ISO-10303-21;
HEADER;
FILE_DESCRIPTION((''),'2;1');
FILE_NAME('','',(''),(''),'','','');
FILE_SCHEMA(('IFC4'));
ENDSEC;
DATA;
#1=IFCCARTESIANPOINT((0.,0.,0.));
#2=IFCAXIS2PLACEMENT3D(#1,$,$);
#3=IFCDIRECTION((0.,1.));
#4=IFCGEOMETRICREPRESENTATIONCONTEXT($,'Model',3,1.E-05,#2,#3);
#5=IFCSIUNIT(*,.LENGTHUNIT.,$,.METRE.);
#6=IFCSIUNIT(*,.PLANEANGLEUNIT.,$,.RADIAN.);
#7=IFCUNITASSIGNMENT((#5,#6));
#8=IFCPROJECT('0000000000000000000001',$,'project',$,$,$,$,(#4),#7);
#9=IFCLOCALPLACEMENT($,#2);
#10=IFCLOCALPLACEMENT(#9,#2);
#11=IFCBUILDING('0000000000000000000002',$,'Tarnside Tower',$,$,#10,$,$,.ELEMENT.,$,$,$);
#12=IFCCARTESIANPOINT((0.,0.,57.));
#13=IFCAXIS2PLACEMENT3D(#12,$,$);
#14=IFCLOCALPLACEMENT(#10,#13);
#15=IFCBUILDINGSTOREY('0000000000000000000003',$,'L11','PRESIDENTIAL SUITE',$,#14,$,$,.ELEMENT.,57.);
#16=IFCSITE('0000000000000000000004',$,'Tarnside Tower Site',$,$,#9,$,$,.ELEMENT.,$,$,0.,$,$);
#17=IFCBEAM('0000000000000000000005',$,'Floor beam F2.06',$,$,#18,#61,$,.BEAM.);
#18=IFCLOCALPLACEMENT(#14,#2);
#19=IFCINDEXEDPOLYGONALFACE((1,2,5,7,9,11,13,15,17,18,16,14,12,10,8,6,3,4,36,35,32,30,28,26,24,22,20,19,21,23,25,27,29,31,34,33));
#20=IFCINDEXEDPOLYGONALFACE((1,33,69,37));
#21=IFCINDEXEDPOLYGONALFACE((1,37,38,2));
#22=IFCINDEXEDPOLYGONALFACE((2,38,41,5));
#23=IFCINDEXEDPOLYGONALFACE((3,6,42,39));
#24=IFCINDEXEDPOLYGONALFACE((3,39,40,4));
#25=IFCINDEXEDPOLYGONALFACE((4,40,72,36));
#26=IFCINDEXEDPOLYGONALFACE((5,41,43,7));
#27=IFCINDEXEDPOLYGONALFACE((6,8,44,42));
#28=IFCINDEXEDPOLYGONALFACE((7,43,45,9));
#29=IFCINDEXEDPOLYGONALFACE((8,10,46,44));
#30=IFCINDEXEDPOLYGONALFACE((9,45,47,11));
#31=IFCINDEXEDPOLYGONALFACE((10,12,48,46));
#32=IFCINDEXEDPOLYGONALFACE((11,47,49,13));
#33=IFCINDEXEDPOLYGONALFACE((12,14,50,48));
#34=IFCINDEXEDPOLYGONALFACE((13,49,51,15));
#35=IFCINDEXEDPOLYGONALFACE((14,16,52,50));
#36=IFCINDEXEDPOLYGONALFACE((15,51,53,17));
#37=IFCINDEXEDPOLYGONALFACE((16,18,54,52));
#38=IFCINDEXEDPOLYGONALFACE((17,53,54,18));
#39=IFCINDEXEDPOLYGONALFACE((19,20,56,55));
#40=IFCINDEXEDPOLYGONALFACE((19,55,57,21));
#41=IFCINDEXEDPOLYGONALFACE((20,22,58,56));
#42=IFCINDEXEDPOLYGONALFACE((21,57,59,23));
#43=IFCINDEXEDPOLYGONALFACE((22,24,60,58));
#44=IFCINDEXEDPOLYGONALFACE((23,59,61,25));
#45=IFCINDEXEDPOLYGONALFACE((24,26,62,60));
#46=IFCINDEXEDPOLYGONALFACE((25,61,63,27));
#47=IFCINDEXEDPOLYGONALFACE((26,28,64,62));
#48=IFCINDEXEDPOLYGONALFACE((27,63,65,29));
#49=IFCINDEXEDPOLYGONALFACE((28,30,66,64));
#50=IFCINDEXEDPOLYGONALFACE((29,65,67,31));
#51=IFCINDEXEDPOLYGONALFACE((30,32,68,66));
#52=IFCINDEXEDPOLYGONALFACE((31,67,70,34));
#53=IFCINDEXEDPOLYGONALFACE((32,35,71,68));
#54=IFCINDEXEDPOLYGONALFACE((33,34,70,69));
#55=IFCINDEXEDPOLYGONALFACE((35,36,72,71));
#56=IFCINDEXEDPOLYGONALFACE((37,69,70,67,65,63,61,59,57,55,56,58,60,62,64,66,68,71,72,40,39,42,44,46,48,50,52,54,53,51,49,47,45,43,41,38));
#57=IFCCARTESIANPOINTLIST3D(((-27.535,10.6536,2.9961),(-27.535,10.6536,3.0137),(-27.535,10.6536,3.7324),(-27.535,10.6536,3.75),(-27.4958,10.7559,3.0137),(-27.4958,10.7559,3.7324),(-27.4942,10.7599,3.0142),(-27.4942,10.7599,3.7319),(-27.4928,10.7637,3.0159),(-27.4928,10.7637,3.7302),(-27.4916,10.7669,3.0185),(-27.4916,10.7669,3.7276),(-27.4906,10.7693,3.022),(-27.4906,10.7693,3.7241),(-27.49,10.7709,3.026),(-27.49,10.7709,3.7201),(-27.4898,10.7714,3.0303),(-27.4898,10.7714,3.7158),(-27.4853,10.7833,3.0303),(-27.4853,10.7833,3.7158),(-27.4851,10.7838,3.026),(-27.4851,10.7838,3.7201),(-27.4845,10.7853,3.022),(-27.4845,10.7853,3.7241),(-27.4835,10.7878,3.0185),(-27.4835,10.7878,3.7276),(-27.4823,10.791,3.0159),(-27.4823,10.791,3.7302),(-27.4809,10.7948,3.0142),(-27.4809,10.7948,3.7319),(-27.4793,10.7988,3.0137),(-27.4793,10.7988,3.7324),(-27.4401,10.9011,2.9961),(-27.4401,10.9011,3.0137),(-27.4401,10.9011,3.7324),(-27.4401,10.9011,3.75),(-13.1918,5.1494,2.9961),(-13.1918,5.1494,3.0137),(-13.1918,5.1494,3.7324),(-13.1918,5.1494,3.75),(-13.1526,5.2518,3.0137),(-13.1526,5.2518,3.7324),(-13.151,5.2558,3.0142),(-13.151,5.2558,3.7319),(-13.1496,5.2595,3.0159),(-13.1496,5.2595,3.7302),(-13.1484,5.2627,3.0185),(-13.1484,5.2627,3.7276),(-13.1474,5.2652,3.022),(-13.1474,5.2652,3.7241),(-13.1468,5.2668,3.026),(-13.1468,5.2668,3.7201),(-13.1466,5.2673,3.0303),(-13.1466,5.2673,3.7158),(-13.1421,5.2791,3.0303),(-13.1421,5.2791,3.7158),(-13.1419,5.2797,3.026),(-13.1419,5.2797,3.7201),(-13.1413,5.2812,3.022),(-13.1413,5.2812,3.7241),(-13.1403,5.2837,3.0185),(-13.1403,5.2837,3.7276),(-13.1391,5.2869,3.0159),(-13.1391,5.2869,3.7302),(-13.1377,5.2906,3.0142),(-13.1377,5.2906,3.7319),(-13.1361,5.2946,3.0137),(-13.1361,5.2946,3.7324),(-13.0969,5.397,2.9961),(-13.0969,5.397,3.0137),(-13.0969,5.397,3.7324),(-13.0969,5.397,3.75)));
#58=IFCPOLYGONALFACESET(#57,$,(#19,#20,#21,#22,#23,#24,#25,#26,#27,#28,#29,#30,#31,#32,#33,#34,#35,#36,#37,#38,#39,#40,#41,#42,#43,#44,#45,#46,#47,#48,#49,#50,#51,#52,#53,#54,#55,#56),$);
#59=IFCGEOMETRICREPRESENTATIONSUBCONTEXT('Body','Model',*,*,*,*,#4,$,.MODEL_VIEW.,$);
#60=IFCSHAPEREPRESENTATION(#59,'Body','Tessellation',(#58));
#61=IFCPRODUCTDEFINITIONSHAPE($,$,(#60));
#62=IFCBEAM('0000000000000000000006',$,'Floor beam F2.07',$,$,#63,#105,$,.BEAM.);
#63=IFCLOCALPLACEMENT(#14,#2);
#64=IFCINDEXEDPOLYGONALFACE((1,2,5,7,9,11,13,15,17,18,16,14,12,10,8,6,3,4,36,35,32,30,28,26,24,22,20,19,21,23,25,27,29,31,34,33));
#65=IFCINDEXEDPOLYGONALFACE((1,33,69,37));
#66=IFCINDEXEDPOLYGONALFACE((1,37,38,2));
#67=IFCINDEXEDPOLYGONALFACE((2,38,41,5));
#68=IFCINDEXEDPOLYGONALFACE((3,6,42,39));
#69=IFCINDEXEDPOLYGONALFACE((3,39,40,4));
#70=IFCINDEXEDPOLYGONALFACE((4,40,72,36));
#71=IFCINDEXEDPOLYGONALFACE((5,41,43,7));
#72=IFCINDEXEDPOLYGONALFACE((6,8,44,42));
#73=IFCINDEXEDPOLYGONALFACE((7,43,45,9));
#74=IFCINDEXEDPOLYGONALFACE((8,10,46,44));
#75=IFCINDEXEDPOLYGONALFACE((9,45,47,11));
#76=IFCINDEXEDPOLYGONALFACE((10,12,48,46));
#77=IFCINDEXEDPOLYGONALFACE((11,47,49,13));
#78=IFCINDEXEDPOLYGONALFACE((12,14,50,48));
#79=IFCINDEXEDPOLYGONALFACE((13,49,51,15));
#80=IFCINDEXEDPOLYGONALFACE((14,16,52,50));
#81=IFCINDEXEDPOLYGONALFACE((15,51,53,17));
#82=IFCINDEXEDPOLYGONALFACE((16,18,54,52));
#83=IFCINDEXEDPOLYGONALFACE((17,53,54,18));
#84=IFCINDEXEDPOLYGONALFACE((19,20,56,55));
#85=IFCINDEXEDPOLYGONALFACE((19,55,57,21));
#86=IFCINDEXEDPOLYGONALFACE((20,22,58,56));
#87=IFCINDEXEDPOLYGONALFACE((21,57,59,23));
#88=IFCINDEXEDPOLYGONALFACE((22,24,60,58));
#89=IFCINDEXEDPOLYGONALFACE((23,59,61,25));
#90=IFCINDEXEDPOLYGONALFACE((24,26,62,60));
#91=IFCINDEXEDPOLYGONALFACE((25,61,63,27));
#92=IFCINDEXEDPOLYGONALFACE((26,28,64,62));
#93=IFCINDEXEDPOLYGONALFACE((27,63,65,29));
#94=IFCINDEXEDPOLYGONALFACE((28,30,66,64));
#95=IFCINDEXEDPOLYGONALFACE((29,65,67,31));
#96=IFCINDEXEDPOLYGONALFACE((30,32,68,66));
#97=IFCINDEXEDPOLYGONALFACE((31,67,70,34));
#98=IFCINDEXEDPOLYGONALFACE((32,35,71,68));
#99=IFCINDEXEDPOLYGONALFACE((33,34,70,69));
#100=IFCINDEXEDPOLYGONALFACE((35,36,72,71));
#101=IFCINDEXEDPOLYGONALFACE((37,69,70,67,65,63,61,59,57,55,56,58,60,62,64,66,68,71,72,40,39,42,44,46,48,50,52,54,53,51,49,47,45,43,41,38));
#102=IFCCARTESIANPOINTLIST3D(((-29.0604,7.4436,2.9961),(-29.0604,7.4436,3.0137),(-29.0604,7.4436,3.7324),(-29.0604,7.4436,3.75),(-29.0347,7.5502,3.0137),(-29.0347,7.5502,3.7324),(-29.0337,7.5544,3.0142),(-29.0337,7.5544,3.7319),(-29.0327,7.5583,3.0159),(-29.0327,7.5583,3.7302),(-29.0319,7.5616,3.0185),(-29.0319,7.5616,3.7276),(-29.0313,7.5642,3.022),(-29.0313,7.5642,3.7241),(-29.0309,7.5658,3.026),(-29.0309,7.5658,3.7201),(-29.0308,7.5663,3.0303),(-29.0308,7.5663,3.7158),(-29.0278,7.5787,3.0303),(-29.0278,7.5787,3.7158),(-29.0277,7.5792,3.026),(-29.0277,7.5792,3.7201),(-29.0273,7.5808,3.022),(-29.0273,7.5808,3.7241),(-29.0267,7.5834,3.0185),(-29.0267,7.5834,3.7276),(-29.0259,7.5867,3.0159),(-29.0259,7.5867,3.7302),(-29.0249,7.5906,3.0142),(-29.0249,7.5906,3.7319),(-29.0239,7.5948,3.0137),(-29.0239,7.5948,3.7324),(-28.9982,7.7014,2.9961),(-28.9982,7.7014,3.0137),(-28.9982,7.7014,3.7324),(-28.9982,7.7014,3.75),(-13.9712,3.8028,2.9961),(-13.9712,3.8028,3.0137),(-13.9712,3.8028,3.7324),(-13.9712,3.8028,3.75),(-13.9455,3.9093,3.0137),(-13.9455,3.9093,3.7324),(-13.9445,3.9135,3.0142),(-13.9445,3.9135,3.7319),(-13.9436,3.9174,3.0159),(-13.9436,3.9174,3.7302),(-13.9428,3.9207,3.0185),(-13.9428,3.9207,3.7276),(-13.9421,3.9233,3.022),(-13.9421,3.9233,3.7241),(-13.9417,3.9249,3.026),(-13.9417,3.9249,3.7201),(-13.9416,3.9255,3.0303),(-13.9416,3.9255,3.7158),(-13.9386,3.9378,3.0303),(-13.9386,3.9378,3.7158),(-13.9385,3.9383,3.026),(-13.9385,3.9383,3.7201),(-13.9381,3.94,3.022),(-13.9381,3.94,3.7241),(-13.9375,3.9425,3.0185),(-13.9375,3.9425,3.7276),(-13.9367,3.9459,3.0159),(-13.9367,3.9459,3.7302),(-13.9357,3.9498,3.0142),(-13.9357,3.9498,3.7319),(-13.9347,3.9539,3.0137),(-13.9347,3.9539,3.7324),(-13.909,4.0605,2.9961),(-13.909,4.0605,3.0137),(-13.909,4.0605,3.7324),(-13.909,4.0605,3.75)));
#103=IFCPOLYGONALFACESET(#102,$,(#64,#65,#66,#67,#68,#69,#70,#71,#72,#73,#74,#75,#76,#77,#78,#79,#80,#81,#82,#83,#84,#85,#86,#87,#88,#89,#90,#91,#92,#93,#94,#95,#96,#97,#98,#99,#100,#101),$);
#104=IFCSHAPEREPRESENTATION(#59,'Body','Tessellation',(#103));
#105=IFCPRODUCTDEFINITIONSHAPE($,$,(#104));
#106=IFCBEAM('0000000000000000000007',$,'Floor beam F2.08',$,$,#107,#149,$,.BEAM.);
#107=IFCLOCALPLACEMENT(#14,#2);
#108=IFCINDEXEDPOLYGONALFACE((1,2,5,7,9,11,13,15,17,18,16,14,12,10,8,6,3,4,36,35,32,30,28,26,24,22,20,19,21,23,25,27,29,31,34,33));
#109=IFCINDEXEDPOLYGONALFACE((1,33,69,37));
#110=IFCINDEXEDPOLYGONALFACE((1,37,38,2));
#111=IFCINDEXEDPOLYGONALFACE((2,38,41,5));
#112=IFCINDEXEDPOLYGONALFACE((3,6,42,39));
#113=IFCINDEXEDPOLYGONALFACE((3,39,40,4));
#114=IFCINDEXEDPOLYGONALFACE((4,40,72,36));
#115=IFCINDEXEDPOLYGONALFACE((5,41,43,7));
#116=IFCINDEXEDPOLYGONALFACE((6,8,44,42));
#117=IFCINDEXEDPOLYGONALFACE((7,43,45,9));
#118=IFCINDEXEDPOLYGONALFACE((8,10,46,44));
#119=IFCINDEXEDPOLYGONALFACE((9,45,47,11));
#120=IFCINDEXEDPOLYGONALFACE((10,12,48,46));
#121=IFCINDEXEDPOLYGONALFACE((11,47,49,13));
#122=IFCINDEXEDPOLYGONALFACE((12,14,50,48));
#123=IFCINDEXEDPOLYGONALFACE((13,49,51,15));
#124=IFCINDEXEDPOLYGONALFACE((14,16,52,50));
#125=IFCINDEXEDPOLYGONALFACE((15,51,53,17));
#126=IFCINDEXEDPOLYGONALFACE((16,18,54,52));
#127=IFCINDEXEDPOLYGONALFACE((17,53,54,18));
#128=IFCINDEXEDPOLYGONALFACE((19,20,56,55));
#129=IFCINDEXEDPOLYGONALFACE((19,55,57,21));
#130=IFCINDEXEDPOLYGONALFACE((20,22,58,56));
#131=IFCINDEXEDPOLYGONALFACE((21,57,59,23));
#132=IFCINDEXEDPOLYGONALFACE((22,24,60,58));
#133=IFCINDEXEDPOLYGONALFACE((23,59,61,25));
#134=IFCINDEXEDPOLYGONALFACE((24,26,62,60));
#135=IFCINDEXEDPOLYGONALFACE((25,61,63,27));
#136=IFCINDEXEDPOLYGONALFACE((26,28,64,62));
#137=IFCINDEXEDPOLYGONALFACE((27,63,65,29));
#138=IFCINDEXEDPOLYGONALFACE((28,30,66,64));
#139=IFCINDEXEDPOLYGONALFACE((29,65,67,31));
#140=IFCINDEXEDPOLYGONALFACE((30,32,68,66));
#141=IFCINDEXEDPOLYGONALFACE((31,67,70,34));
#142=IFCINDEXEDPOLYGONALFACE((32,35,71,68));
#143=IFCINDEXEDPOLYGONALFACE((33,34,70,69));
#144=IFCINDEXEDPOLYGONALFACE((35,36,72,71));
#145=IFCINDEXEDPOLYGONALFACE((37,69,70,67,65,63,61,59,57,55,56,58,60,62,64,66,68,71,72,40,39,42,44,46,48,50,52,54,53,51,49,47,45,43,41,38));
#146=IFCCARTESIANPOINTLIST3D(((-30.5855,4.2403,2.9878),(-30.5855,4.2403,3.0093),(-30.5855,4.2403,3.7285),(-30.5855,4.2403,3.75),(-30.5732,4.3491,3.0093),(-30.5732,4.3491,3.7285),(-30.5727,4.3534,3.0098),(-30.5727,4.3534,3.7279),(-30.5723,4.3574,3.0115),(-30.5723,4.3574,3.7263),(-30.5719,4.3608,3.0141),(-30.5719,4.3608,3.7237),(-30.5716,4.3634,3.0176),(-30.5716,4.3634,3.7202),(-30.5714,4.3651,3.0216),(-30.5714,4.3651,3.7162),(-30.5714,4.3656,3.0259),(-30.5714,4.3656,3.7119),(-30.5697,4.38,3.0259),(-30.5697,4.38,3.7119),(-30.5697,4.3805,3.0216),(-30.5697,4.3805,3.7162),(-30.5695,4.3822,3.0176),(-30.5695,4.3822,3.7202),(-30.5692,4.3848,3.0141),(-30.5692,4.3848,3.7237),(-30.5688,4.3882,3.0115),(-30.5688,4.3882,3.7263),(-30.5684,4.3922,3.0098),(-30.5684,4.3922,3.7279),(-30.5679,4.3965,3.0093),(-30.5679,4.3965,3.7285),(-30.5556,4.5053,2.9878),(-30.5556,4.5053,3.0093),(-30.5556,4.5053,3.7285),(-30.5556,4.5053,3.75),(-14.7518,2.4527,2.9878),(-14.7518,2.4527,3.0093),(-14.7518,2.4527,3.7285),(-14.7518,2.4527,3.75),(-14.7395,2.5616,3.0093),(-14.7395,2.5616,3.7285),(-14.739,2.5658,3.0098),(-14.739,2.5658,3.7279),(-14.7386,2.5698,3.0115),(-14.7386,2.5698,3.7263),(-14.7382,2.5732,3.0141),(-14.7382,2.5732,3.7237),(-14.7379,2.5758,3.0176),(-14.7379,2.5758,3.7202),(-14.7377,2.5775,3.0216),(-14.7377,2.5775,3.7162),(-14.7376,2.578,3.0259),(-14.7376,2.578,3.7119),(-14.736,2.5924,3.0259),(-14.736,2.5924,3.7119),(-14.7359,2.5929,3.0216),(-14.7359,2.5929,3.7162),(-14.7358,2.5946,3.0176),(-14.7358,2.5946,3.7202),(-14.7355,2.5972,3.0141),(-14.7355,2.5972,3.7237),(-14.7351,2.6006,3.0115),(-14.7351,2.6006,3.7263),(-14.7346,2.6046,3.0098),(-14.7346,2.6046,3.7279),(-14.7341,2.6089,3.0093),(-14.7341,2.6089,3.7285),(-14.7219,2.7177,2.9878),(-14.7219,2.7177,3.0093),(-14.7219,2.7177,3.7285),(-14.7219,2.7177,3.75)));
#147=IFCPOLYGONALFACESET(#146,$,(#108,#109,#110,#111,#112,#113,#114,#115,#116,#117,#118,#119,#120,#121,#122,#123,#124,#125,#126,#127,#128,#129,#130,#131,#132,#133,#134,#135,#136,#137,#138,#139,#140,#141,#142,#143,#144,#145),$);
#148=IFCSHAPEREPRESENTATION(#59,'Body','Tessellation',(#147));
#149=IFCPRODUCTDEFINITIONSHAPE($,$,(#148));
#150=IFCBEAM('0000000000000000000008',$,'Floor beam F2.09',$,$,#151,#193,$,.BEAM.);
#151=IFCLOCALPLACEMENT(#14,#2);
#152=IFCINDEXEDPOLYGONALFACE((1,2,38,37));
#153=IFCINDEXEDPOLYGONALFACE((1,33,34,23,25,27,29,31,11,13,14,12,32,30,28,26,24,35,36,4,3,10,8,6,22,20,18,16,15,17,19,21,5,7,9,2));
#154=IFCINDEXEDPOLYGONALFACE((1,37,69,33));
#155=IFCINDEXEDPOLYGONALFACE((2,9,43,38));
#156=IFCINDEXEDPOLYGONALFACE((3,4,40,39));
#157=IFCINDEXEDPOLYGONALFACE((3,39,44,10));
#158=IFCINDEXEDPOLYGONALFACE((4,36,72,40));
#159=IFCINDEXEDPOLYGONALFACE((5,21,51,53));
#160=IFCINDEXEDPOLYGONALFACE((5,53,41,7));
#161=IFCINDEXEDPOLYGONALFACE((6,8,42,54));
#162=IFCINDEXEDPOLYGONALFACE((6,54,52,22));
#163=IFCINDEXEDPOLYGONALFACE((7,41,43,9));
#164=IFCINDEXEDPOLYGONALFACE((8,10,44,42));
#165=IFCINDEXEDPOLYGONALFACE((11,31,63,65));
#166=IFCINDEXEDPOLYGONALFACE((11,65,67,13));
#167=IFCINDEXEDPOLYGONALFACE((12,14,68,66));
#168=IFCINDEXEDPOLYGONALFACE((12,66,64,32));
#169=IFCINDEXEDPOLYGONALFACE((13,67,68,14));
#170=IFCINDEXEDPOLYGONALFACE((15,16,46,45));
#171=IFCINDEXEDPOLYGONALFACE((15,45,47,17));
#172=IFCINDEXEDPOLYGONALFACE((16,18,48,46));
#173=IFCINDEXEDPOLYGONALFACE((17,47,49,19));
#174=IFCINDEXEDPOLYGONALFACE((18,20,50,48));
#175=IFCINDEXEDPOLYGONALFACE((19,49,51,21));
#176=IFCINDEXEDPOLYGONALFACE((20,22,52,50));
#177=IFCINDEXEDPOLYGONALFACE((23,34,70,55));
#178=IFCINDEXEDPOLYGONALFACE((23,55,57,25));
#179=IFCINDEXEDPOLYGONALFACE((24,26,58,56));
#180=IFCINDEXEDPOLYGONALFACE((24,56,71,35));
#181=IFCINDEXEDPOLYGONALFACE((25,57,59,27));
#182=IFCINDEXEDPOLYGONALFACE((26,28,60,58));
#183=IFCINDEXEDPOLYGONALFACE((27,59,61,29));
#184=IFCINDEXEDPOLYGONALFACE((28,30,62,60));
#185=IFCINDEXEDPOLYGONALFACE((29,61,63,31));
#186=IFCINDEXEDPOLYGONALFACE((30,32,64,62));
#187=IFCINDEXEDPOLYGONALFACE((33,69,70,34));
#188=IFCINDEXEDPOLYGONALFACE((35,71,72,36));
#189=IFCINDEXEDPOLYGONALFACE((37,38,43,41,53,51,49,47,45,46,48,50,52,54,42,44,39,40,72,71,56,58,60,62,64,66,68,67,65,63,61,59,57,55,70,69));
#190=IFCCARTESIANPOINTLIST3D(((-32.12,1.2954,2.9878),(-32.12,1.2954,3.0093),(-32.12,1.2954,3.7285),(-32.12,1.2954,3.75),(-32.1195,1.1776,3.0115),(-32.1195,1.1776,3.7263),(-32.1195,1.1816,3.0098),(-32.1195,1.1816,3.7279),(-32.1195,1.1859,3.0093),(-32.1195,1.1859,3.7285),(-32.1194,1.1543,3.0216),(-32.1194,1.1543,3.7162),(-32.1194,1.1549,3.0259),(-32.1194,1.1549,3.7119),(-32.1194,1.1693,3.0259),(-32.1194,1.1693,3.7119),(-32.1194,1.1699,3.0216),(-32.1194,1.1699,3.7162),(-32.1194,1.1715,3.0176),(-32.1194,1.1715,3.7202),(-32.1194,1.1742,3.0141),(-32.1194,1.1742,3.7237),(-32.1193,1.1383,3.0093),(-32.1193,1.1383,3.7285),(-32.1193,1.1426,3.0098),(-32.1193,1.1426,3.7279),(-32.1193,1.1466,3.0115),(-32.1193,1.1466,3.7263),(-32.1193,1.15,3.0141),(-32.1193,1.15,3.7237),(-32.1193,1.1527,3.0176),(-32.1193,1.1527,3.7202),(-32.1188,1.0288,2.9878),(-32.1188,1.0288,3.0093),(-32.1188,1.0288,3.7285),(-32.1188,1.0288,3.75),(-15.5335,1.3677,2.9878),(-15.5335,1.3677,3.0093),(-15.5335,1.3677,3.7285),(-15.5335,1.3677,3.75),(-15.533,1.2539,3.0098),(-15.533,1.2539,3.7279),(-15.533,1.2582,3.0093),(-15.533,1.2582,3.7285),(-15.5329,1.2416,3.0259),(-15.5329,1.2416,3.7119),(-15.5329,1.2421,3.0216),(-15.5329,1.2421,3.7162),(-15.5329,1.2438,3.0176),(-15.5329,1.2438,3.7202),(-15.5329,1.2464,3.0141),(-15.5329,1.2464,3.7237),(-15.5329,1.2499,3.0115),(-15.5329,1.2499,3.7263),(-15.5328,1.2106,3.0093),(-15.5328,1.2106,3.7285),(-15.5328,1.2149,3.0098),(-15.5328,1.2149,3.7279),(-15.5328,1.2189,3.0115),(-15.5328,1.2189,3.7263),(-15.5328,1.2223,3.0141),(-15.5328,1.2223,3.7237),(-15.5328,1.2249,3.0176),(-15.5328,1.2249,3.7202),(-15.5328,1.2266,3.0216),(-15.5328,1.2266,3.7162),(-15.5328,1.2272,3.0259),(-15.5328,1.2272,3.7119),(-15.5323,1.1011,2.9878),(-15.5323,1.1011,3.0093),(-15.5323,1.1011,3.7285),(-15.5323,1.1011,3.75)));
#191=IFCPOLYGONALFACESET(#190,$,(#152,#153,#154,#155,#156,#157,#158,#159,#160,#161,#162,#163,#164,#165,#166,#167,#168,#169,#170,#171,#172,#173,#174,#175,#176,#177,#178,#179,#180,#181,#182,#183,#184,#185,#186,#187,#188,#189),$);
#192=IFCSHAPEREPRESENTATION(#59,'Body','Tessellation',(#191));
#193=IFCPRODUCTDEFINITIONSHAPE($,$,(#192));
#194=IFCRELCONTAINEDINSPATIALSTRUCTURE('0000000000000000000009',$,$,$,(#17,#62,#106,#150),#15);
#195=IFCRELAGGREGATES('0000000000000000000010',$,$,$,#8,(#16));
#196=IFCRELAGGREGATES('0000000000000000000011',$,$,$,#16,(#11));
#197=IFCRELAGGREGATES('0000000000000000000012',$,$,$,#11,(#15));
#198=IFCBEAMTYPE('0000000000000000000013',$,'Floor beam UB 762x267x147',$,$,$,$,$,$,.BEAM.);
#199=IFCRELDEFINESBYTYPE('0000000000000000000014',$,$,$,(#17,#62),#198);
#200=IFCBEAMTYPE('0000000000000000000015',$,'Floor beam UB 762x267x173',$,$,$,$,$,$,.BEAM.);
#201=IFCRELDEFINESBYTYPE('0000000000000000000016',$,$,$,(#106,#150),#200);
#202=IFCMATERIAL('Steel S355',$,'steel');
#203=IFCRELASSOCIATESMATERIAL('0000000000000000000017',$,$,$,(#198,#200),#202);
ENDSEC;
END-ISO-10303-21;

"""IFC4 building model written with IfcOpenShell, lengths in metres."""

from ifc_helpers import new_model, si_unit, direction, frame, origin, origin_2d, place, context, subcontext, project, spatial, i_section, extrude, material, material_profile, profile_set, type_object, element, save


model = new_model("IFC4")

# Units and contexts
model_context = context("Model", 3, precision=1e-05, world=origin(), true_north=direction((0.0, 1.0)))
body_context = subcontext(model_context, "Body", "Model", "MODEL_VIEW")
ifc_project = project(units=[si_unit("LENGTHUNIT", "METRE"), si_unit("PLANEANGLEUNIT", "RADIAN")], contexts=[model_context])

# Site, building, storey
site_placement = place(None, origin())
site = spatial("IfcSite", under=ifc_project, at=site_placement, Name="Tarnside Tower Site", CompositionType="ELEMENT", RefElevation=0.0)
building_placement = place(site_placement, origin())
building = spatial("IfcBuilding", under=site, at=building_placement, Name="Tarnside Tower", CompositionType="ELEMENT")
storey_placement = place(building_placement, frame((0.0, 0.0, 57.0)))
storey = spatial("IfcBuildingStorey", under=building, at=storey_placement, Name="L11", Description="PRESIDENTIAL SUITE", CompositionType="ELEMENT", Elevation=57.0)

# Beams
ifc_material_1 = material(Name="Steel S355", Category="steel")
ifc_material_profile_1 = material_profile(ifc_material_1, i_section(OverallWidth=0.2651, OverallDepth=0.7539, WebThickness=0.0127, FlangeThickness=0.0176, FilletRadius=0.0166, at=origin_2d()), Name="UB 762x267x147")
ifc_profile_set_1 = profile_set([ifc_material_profile_1], Name="Steel S355")
beam_type_1 = type_object("IfcBeamType", Name="Floor beam UB 762x267x147", PredefinedType="BEAM", material=ifc_profile_set_1)
beam_1_placement = place(storey_placement, frame((-27.4875, 10.7773, 3.373), z_axis=(0.933618, -0.358271, 0.0), x_axis=(0.358271, 0.933618, 0.0)))
element("IfcBeam", 1, at=beam_1_placement, inside=storey, type_object=beam_type_1, Name="Floor beam F2.06", PredefinedType="BEAM", context=body_context, shape_type="SweptSolid", body=[
    extrude(i_section(OverallWidth=0.2651, OverallDepth=0.7539, WebThickness=0.0127, FlangeThickness=0.0176, FilletRadius=0.0166, at=origin_2d()), origin(), (0.0, 0.0, 1.0), 15.363),
])
beam_2_placement = place(storey_placement, frame((-29.0293, 7.5725, 3.373), z_axis=(0.972102, -0.23456, 0.0), x_axis=(0.23456, 0.972102, 0.0)))
element("IfcBeam", 2, at=beam_2_placement, inside=storey, type_object=beam_type_1, Name="Floor beam F2.07", PredefinedType="BEAM", context=body_context, shape_type="SweptSolid", body=[
    extrude(i_section(OverallWidth=0.2651, OverallDepth=0.7539, WebThickness=0.0127, FlangeThickness=0.0176, FilletRadius=0.0166, at=origin_2d()), origin(), (0.0, 0.0, 1.0), 15.5222),
])
ifc_material_profile_2 = material_profile(ifc_material_1, i_section(OverallWidth=0.2666, OverallDepth=0.7622, WebThickness=0.0144, FlangeThickness=0.0215, FilletRadius=0.0166, at=origin_2d()), Name="UB 762x267x173")
ifc_profile_set_2 = profile_set([ifc_material_profile_2], Name="Steel S355")
beam_type_2 = type_object("IfcBeamType", Name="Floor beam UB 762x267x173", PredefinedType="BEAM", material=ifc_profile_set_2)
beam_3_placement = place(storey_placement, frame((-30.5706, 4.3728, 3.3689), z_axis=(0.993687, -0.112185, 0.0), x_axis=(0.112185, 0.993687, 0.0)))
element("IfcBeam", 3, at=beam_3_placement, inside=storey, type_object=beam_type_2, Name="Floor beam F2.08", PredefinedType="BEAM", context=body_context, shape_type="SweptSolid", body=[
    extrude(i_section(OverallWidth=0.2666, OverallDepth=0.7622, WebThickness=0.0144, FlangeThickness=0.0215, FilletRadius=0.0166, at=origin_2d()), origin(), (0.0, 0.0, 1.0), 15.9343),
])
beam_4_placement = place(storey_placement, frame((-32.1194, 1.1621, 3.3689), z_axis=(0.999991, 0.004357, 0.0), x_axis=(-0.004357, 0.999991, 0.0)))
element("IfcBeam", 4, at=beam_4_placement, inside=storey, type_object=beam_type_2, Name="Floor beam F2.09", PredefinedType="BEAM", context=body_context, shape_type="SweptSolid", body=[
    extrude(i_section(OverallWidth=0.2666, OverallDepth=0.7622, WebThickness=0.0144, FlangeThickness=0.0215, FilletRadius=0.0166, at=origin_2d()), origin(), (0.0, 0.0, 1.0), 16.5867),
])

save(model, "model.ifc")
